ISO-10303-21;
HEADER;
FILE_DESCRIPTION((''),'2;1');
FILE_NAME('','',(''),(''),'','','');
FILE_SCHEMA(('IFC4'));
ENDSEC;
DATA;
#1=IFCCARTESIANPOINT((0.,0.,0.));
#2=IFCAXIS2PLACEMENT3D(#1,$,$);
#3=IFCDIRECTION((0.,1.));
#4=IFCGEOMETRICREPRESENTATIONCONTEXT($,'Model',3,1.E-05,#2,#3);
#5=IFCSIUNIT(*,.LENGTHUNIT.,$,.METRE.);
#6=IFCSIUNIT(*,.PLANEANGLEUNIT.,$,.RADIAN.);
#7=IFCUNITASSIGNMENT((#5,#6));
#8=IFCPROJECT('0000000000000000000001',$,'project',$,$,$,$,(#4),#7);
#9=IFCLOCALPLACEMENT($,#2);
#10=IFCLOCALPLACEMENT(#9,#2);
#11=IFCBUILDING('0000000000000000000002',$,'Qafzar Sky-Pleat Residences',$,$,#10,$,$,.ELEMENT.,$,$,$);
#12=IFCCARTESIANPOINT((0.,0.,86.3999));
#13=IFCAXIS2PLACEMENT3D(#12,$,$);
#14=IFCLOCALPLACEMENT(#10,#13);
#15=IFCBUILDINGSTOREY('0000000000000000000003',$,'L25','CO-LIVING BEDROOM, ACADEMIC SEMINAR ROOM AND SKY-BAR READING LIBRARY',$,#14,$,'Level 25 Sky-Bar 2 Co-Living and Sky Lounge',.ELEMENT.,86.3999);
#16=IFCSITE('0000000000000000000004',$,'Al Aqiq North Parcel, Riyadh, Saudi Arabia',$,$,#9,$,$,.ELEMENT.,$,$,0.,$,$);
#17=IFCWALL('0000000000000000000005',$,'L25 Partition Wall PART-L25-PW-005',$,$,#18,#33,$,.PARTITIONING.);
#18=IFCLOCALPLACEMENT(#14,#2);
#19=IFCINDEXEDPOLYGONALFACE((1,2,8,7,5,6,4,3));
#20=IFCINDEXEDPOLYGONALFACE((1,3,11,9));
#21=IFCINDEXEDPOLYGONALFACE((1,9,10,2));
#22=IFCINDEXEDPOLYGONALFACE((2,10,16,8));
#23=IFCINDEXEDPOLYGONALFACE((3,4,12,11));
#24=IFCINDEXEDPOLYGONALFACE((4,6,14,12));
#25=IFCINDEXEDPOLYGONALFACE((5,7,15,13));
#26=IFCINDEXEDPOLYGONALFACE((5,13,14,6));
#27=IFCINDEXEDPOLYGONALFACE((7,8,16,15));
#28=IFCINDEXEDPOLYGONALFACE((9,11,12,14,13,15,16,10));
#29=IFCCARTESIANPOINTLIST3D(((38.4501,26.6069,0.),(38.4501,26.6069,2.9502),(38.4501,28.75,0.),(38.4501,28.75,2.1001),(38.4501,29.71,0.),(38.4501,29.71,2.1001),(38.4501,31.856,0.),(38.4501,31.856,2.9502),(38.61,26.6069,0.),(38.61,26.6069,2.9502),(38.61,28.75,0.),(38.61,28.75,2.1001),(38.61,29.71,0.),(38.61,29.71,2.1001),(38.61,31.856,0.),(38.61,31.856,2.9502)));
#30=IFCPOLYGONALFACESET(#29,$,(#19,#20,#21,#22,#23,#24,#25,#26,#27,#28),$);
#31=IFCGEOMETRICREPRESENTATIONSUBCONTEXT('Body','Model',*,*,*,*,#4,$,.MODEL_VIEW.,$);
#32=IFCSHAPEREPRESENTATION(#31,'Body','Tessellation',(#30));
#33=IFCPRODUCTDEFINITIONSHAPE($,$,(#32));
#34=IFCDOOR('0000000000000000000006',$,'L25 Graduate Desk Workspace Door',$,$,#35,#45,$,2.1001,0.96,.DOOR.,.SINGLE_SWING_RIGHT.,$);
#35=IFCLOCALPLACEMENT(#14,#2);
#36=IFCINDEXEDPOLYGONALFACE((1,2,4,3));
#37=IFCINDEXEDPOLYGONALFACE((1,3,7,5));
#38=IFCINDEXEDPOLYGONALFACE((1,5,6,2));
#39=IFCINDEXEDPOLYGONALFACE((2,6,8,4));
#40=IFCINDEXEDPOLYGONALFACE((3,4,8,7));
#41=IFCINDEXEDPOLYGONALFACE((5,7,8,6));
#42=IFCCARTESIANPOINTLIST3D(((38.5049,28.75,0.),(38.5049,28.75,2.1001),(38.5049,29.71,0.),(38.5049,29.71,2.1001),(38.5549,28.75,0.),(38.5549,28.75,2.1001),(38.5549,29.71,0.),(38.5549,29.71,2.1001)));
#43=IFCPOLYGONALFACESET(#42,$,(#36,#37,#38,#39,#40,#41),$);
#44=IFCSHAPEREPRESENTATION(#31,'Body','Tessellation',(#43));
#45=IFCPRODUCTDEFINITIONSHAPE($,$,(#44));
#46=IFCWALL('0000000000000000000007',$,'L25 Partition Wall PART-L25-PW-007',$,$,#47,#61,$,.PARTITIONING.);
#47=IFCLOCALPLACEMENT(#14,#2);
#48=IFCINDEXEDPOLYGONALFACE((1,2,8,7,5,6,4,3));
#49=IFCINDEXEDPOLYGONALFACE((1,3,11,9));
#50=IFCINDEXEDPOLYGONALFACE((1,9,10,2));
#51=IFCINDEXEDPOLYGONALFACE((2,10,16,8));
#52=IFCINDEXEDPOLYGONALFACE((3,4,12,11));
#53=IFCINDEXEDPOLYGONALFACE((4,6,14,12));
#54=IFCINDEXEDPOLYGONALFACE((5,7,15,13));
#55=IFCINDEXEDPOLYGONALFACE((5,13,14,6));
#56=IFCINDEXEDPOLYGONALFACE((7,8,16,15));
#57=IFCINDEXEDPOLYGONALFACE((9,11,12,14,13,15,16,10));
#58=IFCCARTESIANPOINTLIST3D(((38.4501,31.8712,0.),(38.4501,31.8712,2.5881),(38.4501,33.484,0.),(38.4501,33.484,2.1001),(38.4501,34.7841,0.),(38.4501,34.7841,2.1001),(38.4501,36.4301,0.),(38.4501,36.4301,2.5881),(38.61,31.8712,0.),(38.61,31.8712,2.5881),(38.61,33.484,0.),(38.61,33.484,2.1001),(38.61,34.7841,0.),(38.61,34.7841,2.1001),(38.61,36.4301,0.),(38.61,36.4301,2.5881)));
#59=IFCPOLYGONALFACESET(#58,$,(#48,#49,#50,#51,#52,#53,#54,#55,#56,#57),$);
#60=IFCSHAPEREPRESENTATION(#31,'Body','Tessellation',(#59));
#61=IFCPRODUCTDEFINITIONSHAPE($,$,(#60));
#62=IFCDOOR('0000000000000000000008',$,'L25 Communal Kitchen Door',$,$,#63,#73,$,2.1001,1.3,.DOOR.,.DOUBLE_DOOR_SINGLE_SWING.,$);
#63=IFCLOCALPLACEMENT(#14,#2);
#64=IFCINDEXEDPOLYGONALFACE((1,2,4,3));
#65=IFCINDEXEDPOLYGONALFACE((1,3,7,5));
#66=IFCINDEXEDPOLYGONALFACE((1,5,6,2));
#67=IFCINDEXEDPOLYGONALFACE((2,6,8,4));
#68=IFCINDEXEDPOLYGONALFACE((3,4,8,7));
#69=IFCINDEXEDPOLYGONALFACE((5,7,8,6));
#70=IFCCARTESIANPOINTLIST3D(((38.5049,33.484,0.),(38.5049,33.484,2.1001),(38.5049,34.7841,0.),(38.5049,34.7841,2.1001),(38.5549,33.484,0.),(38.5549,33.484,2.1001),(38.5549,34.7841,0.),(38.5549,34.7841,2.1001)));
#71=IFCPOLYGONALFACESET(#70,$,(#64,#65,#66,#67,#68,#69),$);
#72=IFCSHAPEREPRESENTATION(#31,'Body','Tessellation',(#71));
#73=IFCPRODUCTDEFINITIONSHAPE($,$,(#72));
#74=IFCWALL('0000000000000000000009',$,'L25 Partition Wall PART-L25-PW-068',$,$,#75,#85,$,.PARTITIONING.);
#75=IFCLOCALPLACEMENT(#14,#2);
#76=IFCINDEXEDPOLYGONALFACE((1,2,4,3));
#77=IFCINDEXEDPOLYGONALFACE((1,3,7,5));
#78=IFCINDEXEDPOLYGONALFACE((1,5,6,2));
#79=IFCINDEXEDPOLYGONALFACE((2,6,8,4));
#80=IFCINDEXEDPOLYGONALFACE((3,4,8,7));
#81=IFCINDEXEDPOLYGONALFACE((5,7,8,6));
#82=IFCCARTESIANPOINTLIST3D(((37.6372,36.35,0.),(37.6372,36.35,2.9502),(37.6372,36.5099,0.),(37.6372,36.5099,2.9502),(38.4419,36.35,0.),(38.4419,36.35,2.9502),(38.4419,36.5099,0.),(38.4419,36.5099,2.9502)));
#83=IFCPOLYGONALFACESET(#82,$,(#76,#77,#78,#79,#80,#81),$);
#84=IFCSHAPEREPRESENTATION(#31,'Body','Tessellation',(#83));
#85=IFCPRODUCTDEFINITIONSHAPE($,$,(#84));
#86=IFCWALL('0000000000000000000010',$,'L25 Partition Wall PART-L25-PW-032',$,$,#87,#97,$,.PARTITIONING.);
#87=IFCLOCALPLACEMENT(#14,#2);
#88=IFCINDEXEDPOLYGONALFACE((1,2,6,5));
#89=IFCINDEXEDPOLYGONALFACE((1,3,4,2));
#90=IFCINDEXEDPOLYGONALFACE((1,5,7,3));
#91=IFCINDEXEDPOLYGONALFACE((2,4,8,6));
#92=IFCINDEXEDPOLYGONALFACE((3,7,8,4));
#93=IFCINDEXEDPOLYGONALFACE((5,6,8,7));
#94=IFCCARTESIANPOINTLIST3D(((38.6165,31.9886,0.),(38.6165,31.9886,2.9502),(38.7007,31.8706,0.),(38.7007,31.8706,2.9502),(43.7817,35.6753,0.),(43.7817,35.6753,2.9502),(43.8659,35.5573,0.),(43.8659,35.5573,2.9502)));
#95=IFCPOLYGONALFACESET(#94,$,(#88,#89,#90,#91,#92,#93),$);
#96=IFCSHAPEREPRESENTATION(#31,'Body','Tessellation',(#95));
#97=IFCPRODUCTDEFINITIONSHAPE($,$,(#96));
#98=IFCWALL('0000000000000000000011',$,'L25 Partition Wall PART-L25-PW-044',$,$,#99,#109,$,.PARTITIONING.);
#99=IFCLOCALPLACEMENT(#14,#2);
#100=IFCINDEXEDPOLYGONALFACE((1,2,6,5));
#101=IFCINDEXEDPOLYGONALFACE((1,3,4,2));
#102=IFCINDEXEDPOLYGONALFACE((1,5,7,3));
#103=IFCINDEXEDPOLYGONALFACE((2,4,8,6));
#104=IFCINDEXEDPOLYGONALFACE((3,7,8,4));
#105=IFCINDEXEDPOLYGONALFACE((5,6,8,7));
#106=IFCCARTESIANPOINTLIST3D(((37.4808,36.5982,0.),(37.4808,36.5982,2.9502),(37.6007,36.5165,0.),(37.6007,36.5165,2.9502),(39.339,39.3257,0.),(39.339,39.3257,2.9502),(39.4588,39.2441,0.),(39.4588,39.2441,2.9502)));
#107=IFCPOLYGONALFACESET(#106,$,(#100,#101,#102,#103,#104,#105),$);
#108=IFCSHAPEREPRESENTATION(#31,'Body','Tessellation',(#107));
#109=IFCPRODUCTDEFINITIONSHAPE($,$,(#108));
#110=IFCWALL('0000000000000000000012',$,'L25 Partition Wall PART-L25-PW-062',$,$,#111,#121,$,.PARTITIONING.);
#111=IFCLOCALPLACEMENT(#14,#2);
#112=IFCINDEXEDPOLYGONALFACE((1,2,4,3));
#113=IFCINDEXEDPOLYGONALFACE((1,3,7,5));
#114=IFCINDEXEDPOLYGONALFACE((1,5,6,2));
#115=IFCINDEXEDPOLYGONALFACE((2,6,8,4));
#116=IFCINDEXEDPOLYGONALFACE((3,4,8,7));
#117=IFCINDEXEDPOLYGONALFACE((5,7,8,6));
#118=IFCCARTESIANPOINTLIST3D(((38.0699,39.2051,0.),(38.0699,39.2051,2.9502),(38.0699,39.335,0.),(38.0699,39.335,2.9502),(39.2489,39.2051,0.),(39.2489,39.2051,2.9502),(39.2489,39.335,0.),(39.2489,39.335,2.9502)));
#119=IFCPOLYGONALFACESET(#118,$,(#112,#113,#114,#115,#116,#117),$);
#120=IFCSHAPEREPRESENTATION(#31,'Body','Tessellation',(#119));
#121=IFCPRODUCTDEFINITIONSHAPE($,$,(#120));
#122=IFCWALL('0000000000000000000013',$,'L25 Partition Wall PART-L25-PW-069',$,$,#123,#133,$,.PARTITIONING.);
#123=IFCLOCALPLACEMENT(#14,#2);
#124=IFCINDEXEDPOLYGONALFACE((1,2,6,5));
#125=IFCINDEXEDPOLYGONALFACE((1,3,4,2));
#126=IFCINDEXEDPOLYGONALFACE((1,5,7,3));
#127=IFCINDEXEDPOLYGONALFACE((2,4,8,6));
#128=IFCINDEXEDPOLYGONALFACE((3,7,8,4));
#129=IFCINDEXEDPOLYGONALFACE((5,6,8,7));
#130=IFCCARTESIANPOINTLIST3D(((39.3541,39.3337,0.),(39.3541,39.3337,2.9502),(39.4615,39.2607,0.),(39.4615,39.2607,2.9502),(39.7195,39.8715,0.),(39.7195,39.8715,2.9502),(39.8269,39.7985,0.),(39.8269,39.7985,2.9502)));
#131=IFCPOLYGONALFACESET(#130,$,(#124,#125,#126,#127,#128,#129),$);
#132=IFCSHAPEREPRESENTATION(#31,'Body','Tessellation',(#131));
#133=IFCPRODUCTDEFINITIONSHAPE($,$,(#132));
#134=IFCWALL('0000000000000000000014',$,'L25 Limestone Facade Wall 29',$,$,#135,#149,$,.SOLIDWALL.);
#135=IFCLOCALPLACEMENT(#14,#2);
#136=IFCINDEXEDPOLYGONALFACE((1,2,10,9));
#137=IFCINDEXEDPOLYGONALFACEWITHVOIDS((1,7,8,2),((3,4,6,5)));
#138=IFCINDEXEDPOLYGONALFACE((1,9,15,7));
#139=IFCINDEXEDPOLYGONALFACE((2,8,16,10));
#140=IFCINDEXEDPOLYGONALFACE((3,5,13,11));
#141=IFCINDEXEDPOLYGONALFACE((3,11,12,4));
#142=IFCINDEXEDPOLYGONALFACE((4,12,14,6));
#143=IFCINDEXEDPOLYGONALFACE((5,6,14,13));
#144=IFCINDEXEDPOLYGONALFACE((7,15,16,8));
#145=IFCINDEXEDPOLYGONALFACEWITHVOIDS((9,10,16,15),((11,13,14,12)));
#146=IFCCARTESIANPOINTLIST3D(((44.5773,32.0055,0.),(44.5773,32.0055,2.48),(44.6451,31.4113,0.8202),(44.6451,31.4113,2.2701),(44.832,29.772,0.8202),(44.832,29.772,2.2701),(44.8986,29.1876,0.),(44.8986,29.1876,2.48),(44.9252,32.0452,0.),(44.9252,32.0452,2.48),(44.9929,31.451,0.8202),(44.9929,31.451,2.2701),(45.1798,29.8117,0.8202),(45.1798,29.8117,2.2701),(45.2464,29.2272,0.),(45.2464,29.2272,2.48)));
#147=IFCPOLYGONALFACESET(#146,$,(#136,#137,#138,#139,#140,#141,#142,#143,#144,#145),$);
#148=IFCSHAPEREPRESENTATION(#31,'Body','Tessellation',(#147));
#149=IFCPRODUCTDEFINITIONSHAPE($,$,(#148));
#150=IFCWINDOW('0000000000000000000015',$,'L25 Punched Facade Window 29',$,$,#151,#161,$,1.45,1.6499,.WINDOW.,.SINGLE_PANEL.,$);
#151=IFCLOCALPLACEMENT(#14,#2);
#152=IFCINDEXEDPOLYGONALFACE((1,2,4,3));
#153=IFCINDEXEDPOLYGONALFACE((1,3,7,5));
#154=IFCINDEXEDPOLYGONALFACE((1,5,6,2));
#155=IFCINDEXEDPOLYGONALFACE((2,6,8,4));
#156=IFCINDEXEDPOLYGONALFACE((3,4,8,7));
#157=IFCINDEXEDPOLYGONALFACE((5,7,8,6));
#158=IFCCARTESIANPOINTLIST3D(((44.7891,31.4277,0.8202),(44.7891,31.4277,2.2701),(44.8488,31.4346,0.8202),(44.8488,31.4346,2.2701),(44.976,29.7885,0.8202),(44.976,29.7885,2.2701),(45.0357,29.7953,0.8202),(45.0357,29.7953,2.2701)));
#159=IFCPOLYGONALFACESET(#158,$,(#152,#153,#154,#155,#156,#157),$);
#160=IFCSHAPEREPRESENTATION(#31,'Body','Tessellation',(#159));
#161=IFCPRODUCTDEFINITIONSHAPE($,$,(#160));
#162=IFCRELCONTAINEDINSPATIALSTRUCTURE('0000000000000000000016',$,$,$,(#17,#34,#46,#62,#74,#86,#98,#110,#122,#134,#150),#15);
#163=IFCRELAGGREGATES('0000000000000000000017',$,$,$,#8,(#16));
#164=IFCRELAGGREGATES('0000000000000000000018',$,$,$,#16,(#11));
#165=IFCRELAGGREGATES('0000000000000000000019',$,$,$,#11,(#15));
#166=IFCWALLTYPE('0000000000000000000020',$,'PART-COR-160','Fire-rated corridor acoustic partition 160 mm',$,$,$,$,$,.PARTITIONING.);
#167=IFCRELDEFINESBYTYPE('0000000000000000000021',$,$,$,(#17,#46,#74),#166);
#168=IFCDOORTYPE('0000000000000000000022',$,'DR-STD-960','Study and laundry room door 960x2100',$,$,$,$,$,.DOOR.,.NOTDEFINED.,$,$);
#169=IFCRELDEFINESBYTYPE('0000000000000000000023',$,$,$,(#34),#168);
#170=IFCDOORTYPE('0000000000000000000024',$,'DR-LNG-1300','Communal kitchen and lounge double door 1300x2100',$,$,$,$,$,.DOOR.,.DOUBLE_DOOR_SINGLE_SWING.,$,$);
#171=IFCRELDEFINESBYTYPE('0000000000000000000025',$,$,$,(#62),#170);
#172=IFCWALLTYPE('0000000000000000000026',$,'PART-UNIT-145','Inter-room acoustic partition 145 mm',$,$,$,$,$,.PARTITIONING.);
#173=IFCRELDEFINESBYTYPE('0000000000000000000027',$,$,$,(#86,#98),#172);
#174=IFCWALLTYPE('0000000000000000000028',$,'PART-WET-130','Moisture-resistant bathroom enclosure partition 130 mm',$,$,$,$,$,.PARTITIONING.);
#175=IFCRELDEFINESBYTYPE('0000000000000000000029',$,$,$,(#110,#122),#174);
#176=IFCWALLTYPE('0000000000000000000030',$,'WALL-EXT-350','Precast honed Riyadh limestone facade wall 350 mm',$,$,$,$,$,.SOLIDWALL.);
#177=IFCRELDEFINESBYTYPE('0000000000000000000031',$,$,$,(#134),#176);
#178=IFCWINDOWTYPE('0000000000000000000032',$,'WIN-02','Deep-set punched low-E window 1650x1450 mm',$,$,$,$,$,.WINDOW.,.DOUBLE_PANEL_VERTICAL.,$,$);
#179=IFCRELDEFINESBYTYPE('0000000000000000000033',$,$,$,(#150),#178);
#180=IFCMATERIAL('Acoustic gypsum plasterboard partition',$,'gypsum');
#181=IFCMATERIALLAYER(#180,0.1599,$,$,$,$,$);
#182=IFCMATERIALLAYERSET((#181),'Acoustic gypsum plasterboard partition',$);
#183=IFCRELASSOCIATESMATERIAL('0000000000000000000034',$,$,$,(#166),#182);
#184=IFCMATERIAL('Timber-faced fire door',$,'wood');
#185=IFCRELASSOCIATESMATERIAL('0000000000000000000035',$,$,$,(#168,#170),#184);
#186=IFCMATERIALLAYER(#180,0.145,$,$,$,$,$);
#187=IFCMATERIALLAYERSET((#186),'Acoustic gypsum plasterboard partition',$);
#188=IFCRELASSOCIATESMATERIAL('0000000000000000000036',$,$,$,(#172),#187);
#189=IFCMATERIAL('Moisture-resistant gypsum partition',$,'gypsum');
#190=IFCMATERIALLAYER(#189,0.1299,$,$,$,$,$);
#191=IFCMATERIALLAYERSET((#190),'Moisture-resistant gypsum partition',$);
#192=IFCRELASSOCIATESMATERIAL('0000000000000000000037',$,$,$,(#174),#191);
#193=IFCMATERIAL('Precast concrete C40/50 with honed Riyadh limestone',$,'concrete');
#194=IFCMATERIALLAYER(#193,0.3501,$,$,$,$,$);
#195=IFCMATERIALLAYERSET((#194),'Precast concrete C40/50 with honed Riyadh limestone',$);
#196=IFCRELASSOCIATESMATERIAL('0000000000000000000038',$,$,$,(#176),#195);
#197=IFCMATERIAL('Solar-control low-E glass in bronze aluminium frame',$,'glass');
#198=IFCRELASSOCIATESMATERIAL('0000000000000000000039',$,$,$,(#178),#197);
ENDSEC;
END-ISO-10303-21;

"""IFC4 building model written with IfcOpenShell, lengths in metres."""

from ifc_helpers import new_model, si_unit, direction, frame, frame_2d, origin, place, context, subcontext, project, spatial, rectangle, extrude, source, transform, mapped, material, layer, layer_set, type_object, element, fill, save


model = new_model("IFC4")

# Units and contexts
model_context = context("Model", 3, precision=1e-05, world=origin(), true_north=direction((0.0, 1.0)))
body_context = subcontext(model_context, "Body", "Model", "MODEL_VIEW")
ifc_project = project(units=[si_unit("LENGTHUNIT", "METRE"), si_unit("PLANEANGLEUNIT", "RADIAN")], contexts=[model_context])

# Site, building, storey
site_placement = place(None, origin())
site = spatial("IfcSite", under=ifc_project, at=site_placement, Name="Al Aqiq North Parcel, Riyadh, Saudi Arabia", CompositionType="ELEMENT", RefElevation=0.0)
building_placement = place(site_placement, origin())
building = spatial("IfcBuilding", under=site, at=building_placement, Name="Qafzar Sky-Pleat Residences", CompositionType="ELEMENT")
storey_placement = place(building_placement, frame((0.0, 0.0, 86.3999)))
storey = spatial("IfcBuildingStorey", under=building, at=storey_placement, Name="L25", Description="CO-LIVING BEDROOM, ACADEMIC SEMINAR ROOM AND SKY-BAR READING LIBRARY", LongName="Level 25 Sky-Bar 2 Co-Living and Sky Lounge", CompositionType="ELEMENT", Elevation=86.3999)

# Walls, openings, doors
ifc_material_1 = material(Name="Acoustic gypsum plasterboard partition", Category="gypsum")
ifc_layer_1 = layer(ifc_material_1, 0.1599)
ifc_layer_set_1 = layer_set([ifc_layer_1], Name="Acoustic gypsum plasterboard partition")
wall_type_1 = type_object("IfcWallType", Name="PART-COR-160", Description="Fire-rated corridor acoustic partition 160 mm", PredefinedType="PARTITIONING", material=ifc_layer_set_1)
wall_1_placement = place(storey_placement, frame((38.53, 31.856, 0.0), z_axis=(0.0, 0.0, 1.0), x_axis=(0.0, -1.0, 0.0)))
wall_1 = element("IfcWall", 1, at=wall_1_placement, inside=storey, type_object=wall_type_1, Name="L25 Partition Wall PART-L25-PW-005", PredefinedType="PARTITIONING", context=body_context, shape_type="SweptSolid", body=[
    extrude(rectangle(XDim=5.249, YDim=0.1599, at=frame_2d((2.6245, 0.0))), origin(), (0.0, 0.0, 1.0), 2.9502),
])
opening_1_placement = place(wall_1_placement, frame((2.146, 0.0, 0.0)))
opening_1 = element("IfcOpeningElement", 2, at=opening_1_placement, cuts=wall_1, PredefinedType="OPENING", context=body_context, shape_type="SweptSolid", body=[
    extrude(rectangle(XDim=0.96, YDim=2.1001, at=frame_2d((0.48, 1.05))), frame((0.0, 0.0898, 0.0), z_axis=(0.0, -1.0, 0.0), x_axis=(1.0, 0.0, 0.0)), (0.0, 0.0, 1.0), 0.1799),
])
ifc_material_2 = material(Name="Timber-faced fire door", Category="wood")
door_type_1 = type_object("IfcDoorType", Name="DR-STD-960", Description="Study and laundry room door 960x2100", OperationType="NOTDEFINED", PredefinedType="DOOR", material=ifc_material_2)
shared_shape_1 = source(origin(), body_context, "Body", "SweptSolid", [
    extrude(rectangle(XDim=0.96, YDim=2.1001, at=frame_2d((0.48, 1.05))), frame((0.0, 0.0249, 0.0), z_axis=(0.0, -1.0, 0.0), x_axis=(1.0, 0.0, 0.0)), (0.0, 0.0, 1.0), 0.05),
])
door_1_placement = place(opening_1_placement, origin())
door_1 = element("IfcDoor", 3, at=door_1_placement, inside=storey, type_object=door_type_1, Name="L25 Graduate Desk Workspace Door", OperationType="SINGLE_SWING_RIGHT", OverallHeight=2.1001, OverallWidth=0.96, PredefinedType="DOOR", context=body_context, shape_type="MappedRepresentation", body=[
    mapped(shared_shape_1, transform((0.0, 0.0, 0.0), x_axis=(1.0, 0.0, 0.0), y_axis=(0.0, 1.0, 0.0), z_axis=(0.0, 0.0, 1.0), scale=1.0)),
])
fill(opening_1, door_1)
wall_2_placement = place(storey_placement, frame((38.53, 36.4299, 0.0), z_axis=(0.0, 0.0, 1.0), x_axis=(0.0, -1.0, 0.0)))
wall_2 = element("IfcWall", 4, at=wall_2_placement, inside=storey, type_object=wall_type_1, Name="L25 Partition Wall PART-L25-PW-007", PredefinedType="PARTITIONING", context=body_context, shape_type="SweptSolid", body=[
    extrude(rectangle(XDim=4.5588, YDim=0.1599, at=frame_2d((2.2793, 0.0))), origin(), (0.0, 0.0, 1.0), 2.5881),
])
opening_2_placement = place(wall_2_placement, frame((1.646, 0.0, 0.0)))
opening_2 = element("IfcOpeningElement", 5, at=opening_2_placement, cuts=wall_2, PredefinedType="OPENING", context=body_context, shape_type="SweptSolid", body=[
    extrude(rectangle(XDim=1.3, YDim=2.1001, at=frame_2d((0.6499, 1.05))), frame((0.0, 0.0898, 0.0), z_axis=(0.0, -1.0, 0.0), x_axis=(1.0, 0.0, 0.0)), (0.0, 0.0, 1.0), 0.1799),
])
door_type_2 = type_object("IfcDoorType", Name="DR-LNG-1300", Description="Communal kitchen and lounge double door 1300x2100", OperationType="DOUBLE_DOOR_SINGLE_SWING", PredefinedType="DOOR", material=ifc_material_2)
shared_shape_2 = source(origin(), body_context, "Body", "SweptSolid", [
    extrude(rectangle(XDim=1.3, YDim=2.1001, at=frame_2d((0.6499, 1.05))), frame((0.0, 0.0249, 0.0), z_axis=(0.0, -1.0, 0.0), x_axis=(1.0, 0.0, 0.0)), (0.0, 0.0, 1.0), 0.05),
])
door_2_placement = place(opening_2_placement, origin())
door_2 = element("IfcDoor", 6, at=door_2_placement, inside=storey, type_object=door_type_2, Name="L25 Communal Kitchen Door", OperationType="DOUBLE_DOOR_SINGLE_SWING", OverallHeight=2.1001, OverallWidth=1.3, PredefinedType="DOOR", context=body_context, shape_type="MappedRepresentation", body=[
    mapped(shared_shape_2, transform((0.0, 0.0, 0.0), x_axis=(1.0, 0.0, 0.0), y_axis=(0.0, 1.0, 0.0), z_axis=(0.0, 0.0, 1.0), scale=1.0)),
])
fill(opening_2, door_2)

# Walls
wall_3_placement = place(storey_placement, frame((37.6372, 36.4299, 0.0), z_axis=(0.0, 0.0, 1.0), x_axis=(1.0, 0.0, 0.0)))
element("IfcWall", 7, at=wall_3_placement, inside=storey, type_object=wall_type_1, Name="L25 Partition Wall PART-L25-PW-068", PredefinedType="PARTITIONING", context=body_context, shape_type="SweptSolid", body=[
    extrude(rectangle(XDim=0.8047, YDim=0.1599, at=frame_2d((0.4023, 0.0))), origin(), (0.0, 0.0, 1.0), 2.9502),
])
ifc_layer_2 = layer(ifc_material_1, 0.145)
ifc_layer_set_2 = layer_set([ifc_layer_2], Name="Acoustic gypsum plasterboard partition")
wall_type_2 = type_object("IfcWallType", Name="PART-UNIT-145", Description="Inter-room acoustic partition 145 mm", PredefinedType="PARTITIONING", material=ifc_layer_set_2)
wall_4_placement = place(storey_placement, frame((38.6587, 31.9297, 0.0), z_axis=(0.0, 0.0, 1.0), x_axis=(0.813936, 0.580954, 0.0)))
element("IfcWall", 8, at=wall_4_placement, inside=storey, type_object=wall_type_2, Name="L25 Partition Wall PART-L25-PW-032", PredefinedType="PARTITIONING", context=body_context, shape_type="SweptSolid", body=[
    extrude(rectangle(XDim=6.3459, YDim=0.145, at=frame_2d((3.1729, 0.0))), origin(), (0.0, 0.0, 1.0), 2.9502),
])
wall_5_placement = place(storey_placement, frame((37.5408, 36.5574, 0.0), z_axis=(0.0, 0.0, 1.0), x_axis=(0.56302, 0.826443, 0.0)))
element("IfcWall", 9, at=wall_5_placement, inside=storey, type_object=wall_type_2, Name="L25 Partition Wall PART-L25-PW-044", PredefinedType="PARTITIONING", context=body_context, shape_type="SweptSolid", body=[
    extrude(rectangle(XDim=3.3003, YDim=0.145, at=frame_2d((1.6501, 0.0))), origin(), (0.0, 0.0, 1.0), 2.9502),
])
ifc_material_3 = material(Name="Moisture-resistant gypsum partition", Category="gypsum")
ifc_layer_3 = layer(ifc_material_3, 0.1299)
ifc_layer_set_3 = layer_set([ifc_layer_3], Name="Moisture-resistant gypsum partition")
wall_type_3 = type_object("IfcWallType", Name="PART-WET-130", Description="Moisture-resistant bathroom enclosure partition 130 mm", PredefinedType="PARTITIONING", material=ifc_layer_set_3)
wall_6_placement = place(storey_placement, frame((38.0701, 39.27, 0.0), z_axis=(0.0, 0.0, 1.0), x_axis=(1.0, 0.0, 0.0)))
element("IfcWall", 10, at=wall_6_placement, inside=storey, type_object=wall_type_3, Name="L25 Partition Wall PART-L25-PW-062", PredefinedType="PARTITIONING", context=body_context, shape_type="SweptSolid", body=[
    extrude(rectangle(XDim=1.179, YDim=0.1299, at=frame_2d((0.5894, 0.0))), origin(), (0.0, 0.0, 1.0), 2.9502),
])
wall_7_placement = place(storey_placement, frame((39.4077, 39.2971, 0.0), z_axis=(0.0, 0.0, 1.0), x_axis=(0.562043, 0.827108, 0.0)))
element("IfcWall", 11, at=wall_7_placement, inside=storey, type_object=wall_type_3, Name="L25 Partition Wall PART-L25-PW-069", PredefinedType="PARTITIONING", context=body_context, shape_type="SweptSolid", body=[
    extrude(rectangle(XDim=0.6501, YDim=0.1299, at=frame_2d((0.3252, 0.0))), origin(), (0.0, 0.0, 1.0), 2.9502),
])

# Wall, opening, window
ifc_material_4 = material(Name="Precast concrete C40/50 with honed Riyadh limestone", Category="concrete")
ifc_layer_4 = layer(ifc_material_4, 0.3501)
ifc_layer_set_4 = layer_set([ifc_layer_4], Name="Precast concrete C40/50 with honed Riyadh limestone")
wall_type_4 = type_object("IfcWallType", Name="WALL-EXT-350", Description="Precast honed Riyadh limestone facade wall 350 mm", PredefinedType="SOLIDWALL", material=ifc_layer_set_4)
wall_8_placement = place(storey_placement, frame((45.0725, 29.2075, 0.0), z_axis=(0.0, 0.0, 1.0), x_axis=(-0.113284, 0.993563, 0.0)))
wall_8 = element("IfcWall", 12, at=wall_8_placement, inside=storey, type_object=wall_type_4, Name="L25 Limestone Facade Wall 29", PredefinedType="SOLIDWALL", context=body_context, shape_type="SweptSolid", body=[
    extrude(rectangle(XDim=2.8362, YDim=0.3501, at=frame_2d((1.418, 0.0))), origin(), (0.0, 0.0, 1.0), 2.48),
])
opening_3_placement = place(wall_8_placement, frame((0.5881, 0.0, 0.8201)))
opening_3 = element("IfcOpeningElement", 13, at=opening_3_placement, cuts=wall_8, PredefinedType="OPENING", context=body_context, shape_type="SweptSolid", body=[
    extrude(rectangle(XDim=1.6499, YDim=1.45, at=frame_2d((0.825, 0.7251))), frame((0.0, 0.1851, 0.0), z_axis=(0.0, -1.0, 0.0), x_axis=(1.0, 0.0, 0.0)), (0.0, 0.0, 1.0), 0.3701),
])
ifc_material_5 = material(Name="Solar-control low-E glass in bronze aluminium frame", Category="glass")
window_type_1 = type_object("IfcWindowType", Name="WIN-02", Description="Deep-set punched low-E window 1650x1450 mm", PartitioningType="DOUBLE_PANEL_VERTICAL", PredefinedType="WINDOW", material=ifc_material_5)
shared_shape_3 = source(origin(), body_context, "Body", "SweptSolid", [
    extrude(rectangle(XDim=1.6499, YDim=1.45, at=frame_2d((0.825, 0.7251))), frame((0.0, 0.03, 0.0), z_axis=(0.0, -1.0, 0.0), x_axis=(1.0, 0.0, 0.0)), (0.0, 0.0, 1.0), 0.0601),
])
window_1_placement = place(opening_3_placement, origin())
window_1 = element("IfcWindow", 14, at=window_1_placement, inside=storey, type_object=window_type_1, Name="L25 Punched Facade Window 29", OverallHeight=1.45, OverallWidth=1.6499, PartitioningType="SINGLE_PANEL", PredefinedType="WINDOW", context=body_context, shape_type="MappedRepresentation", body=[
    mapped(shared_shape_3, transform((0.0, 0.0, 0.0), x_axis=(1.0, 0.0, 0.0), y_axis=(0.0, 1.0, 0.0), z_axis=(0.0, 0.0, 1.0), scale=1.0)),
])
fill(opening_3, window_1)

save(model, "model.ifc")
